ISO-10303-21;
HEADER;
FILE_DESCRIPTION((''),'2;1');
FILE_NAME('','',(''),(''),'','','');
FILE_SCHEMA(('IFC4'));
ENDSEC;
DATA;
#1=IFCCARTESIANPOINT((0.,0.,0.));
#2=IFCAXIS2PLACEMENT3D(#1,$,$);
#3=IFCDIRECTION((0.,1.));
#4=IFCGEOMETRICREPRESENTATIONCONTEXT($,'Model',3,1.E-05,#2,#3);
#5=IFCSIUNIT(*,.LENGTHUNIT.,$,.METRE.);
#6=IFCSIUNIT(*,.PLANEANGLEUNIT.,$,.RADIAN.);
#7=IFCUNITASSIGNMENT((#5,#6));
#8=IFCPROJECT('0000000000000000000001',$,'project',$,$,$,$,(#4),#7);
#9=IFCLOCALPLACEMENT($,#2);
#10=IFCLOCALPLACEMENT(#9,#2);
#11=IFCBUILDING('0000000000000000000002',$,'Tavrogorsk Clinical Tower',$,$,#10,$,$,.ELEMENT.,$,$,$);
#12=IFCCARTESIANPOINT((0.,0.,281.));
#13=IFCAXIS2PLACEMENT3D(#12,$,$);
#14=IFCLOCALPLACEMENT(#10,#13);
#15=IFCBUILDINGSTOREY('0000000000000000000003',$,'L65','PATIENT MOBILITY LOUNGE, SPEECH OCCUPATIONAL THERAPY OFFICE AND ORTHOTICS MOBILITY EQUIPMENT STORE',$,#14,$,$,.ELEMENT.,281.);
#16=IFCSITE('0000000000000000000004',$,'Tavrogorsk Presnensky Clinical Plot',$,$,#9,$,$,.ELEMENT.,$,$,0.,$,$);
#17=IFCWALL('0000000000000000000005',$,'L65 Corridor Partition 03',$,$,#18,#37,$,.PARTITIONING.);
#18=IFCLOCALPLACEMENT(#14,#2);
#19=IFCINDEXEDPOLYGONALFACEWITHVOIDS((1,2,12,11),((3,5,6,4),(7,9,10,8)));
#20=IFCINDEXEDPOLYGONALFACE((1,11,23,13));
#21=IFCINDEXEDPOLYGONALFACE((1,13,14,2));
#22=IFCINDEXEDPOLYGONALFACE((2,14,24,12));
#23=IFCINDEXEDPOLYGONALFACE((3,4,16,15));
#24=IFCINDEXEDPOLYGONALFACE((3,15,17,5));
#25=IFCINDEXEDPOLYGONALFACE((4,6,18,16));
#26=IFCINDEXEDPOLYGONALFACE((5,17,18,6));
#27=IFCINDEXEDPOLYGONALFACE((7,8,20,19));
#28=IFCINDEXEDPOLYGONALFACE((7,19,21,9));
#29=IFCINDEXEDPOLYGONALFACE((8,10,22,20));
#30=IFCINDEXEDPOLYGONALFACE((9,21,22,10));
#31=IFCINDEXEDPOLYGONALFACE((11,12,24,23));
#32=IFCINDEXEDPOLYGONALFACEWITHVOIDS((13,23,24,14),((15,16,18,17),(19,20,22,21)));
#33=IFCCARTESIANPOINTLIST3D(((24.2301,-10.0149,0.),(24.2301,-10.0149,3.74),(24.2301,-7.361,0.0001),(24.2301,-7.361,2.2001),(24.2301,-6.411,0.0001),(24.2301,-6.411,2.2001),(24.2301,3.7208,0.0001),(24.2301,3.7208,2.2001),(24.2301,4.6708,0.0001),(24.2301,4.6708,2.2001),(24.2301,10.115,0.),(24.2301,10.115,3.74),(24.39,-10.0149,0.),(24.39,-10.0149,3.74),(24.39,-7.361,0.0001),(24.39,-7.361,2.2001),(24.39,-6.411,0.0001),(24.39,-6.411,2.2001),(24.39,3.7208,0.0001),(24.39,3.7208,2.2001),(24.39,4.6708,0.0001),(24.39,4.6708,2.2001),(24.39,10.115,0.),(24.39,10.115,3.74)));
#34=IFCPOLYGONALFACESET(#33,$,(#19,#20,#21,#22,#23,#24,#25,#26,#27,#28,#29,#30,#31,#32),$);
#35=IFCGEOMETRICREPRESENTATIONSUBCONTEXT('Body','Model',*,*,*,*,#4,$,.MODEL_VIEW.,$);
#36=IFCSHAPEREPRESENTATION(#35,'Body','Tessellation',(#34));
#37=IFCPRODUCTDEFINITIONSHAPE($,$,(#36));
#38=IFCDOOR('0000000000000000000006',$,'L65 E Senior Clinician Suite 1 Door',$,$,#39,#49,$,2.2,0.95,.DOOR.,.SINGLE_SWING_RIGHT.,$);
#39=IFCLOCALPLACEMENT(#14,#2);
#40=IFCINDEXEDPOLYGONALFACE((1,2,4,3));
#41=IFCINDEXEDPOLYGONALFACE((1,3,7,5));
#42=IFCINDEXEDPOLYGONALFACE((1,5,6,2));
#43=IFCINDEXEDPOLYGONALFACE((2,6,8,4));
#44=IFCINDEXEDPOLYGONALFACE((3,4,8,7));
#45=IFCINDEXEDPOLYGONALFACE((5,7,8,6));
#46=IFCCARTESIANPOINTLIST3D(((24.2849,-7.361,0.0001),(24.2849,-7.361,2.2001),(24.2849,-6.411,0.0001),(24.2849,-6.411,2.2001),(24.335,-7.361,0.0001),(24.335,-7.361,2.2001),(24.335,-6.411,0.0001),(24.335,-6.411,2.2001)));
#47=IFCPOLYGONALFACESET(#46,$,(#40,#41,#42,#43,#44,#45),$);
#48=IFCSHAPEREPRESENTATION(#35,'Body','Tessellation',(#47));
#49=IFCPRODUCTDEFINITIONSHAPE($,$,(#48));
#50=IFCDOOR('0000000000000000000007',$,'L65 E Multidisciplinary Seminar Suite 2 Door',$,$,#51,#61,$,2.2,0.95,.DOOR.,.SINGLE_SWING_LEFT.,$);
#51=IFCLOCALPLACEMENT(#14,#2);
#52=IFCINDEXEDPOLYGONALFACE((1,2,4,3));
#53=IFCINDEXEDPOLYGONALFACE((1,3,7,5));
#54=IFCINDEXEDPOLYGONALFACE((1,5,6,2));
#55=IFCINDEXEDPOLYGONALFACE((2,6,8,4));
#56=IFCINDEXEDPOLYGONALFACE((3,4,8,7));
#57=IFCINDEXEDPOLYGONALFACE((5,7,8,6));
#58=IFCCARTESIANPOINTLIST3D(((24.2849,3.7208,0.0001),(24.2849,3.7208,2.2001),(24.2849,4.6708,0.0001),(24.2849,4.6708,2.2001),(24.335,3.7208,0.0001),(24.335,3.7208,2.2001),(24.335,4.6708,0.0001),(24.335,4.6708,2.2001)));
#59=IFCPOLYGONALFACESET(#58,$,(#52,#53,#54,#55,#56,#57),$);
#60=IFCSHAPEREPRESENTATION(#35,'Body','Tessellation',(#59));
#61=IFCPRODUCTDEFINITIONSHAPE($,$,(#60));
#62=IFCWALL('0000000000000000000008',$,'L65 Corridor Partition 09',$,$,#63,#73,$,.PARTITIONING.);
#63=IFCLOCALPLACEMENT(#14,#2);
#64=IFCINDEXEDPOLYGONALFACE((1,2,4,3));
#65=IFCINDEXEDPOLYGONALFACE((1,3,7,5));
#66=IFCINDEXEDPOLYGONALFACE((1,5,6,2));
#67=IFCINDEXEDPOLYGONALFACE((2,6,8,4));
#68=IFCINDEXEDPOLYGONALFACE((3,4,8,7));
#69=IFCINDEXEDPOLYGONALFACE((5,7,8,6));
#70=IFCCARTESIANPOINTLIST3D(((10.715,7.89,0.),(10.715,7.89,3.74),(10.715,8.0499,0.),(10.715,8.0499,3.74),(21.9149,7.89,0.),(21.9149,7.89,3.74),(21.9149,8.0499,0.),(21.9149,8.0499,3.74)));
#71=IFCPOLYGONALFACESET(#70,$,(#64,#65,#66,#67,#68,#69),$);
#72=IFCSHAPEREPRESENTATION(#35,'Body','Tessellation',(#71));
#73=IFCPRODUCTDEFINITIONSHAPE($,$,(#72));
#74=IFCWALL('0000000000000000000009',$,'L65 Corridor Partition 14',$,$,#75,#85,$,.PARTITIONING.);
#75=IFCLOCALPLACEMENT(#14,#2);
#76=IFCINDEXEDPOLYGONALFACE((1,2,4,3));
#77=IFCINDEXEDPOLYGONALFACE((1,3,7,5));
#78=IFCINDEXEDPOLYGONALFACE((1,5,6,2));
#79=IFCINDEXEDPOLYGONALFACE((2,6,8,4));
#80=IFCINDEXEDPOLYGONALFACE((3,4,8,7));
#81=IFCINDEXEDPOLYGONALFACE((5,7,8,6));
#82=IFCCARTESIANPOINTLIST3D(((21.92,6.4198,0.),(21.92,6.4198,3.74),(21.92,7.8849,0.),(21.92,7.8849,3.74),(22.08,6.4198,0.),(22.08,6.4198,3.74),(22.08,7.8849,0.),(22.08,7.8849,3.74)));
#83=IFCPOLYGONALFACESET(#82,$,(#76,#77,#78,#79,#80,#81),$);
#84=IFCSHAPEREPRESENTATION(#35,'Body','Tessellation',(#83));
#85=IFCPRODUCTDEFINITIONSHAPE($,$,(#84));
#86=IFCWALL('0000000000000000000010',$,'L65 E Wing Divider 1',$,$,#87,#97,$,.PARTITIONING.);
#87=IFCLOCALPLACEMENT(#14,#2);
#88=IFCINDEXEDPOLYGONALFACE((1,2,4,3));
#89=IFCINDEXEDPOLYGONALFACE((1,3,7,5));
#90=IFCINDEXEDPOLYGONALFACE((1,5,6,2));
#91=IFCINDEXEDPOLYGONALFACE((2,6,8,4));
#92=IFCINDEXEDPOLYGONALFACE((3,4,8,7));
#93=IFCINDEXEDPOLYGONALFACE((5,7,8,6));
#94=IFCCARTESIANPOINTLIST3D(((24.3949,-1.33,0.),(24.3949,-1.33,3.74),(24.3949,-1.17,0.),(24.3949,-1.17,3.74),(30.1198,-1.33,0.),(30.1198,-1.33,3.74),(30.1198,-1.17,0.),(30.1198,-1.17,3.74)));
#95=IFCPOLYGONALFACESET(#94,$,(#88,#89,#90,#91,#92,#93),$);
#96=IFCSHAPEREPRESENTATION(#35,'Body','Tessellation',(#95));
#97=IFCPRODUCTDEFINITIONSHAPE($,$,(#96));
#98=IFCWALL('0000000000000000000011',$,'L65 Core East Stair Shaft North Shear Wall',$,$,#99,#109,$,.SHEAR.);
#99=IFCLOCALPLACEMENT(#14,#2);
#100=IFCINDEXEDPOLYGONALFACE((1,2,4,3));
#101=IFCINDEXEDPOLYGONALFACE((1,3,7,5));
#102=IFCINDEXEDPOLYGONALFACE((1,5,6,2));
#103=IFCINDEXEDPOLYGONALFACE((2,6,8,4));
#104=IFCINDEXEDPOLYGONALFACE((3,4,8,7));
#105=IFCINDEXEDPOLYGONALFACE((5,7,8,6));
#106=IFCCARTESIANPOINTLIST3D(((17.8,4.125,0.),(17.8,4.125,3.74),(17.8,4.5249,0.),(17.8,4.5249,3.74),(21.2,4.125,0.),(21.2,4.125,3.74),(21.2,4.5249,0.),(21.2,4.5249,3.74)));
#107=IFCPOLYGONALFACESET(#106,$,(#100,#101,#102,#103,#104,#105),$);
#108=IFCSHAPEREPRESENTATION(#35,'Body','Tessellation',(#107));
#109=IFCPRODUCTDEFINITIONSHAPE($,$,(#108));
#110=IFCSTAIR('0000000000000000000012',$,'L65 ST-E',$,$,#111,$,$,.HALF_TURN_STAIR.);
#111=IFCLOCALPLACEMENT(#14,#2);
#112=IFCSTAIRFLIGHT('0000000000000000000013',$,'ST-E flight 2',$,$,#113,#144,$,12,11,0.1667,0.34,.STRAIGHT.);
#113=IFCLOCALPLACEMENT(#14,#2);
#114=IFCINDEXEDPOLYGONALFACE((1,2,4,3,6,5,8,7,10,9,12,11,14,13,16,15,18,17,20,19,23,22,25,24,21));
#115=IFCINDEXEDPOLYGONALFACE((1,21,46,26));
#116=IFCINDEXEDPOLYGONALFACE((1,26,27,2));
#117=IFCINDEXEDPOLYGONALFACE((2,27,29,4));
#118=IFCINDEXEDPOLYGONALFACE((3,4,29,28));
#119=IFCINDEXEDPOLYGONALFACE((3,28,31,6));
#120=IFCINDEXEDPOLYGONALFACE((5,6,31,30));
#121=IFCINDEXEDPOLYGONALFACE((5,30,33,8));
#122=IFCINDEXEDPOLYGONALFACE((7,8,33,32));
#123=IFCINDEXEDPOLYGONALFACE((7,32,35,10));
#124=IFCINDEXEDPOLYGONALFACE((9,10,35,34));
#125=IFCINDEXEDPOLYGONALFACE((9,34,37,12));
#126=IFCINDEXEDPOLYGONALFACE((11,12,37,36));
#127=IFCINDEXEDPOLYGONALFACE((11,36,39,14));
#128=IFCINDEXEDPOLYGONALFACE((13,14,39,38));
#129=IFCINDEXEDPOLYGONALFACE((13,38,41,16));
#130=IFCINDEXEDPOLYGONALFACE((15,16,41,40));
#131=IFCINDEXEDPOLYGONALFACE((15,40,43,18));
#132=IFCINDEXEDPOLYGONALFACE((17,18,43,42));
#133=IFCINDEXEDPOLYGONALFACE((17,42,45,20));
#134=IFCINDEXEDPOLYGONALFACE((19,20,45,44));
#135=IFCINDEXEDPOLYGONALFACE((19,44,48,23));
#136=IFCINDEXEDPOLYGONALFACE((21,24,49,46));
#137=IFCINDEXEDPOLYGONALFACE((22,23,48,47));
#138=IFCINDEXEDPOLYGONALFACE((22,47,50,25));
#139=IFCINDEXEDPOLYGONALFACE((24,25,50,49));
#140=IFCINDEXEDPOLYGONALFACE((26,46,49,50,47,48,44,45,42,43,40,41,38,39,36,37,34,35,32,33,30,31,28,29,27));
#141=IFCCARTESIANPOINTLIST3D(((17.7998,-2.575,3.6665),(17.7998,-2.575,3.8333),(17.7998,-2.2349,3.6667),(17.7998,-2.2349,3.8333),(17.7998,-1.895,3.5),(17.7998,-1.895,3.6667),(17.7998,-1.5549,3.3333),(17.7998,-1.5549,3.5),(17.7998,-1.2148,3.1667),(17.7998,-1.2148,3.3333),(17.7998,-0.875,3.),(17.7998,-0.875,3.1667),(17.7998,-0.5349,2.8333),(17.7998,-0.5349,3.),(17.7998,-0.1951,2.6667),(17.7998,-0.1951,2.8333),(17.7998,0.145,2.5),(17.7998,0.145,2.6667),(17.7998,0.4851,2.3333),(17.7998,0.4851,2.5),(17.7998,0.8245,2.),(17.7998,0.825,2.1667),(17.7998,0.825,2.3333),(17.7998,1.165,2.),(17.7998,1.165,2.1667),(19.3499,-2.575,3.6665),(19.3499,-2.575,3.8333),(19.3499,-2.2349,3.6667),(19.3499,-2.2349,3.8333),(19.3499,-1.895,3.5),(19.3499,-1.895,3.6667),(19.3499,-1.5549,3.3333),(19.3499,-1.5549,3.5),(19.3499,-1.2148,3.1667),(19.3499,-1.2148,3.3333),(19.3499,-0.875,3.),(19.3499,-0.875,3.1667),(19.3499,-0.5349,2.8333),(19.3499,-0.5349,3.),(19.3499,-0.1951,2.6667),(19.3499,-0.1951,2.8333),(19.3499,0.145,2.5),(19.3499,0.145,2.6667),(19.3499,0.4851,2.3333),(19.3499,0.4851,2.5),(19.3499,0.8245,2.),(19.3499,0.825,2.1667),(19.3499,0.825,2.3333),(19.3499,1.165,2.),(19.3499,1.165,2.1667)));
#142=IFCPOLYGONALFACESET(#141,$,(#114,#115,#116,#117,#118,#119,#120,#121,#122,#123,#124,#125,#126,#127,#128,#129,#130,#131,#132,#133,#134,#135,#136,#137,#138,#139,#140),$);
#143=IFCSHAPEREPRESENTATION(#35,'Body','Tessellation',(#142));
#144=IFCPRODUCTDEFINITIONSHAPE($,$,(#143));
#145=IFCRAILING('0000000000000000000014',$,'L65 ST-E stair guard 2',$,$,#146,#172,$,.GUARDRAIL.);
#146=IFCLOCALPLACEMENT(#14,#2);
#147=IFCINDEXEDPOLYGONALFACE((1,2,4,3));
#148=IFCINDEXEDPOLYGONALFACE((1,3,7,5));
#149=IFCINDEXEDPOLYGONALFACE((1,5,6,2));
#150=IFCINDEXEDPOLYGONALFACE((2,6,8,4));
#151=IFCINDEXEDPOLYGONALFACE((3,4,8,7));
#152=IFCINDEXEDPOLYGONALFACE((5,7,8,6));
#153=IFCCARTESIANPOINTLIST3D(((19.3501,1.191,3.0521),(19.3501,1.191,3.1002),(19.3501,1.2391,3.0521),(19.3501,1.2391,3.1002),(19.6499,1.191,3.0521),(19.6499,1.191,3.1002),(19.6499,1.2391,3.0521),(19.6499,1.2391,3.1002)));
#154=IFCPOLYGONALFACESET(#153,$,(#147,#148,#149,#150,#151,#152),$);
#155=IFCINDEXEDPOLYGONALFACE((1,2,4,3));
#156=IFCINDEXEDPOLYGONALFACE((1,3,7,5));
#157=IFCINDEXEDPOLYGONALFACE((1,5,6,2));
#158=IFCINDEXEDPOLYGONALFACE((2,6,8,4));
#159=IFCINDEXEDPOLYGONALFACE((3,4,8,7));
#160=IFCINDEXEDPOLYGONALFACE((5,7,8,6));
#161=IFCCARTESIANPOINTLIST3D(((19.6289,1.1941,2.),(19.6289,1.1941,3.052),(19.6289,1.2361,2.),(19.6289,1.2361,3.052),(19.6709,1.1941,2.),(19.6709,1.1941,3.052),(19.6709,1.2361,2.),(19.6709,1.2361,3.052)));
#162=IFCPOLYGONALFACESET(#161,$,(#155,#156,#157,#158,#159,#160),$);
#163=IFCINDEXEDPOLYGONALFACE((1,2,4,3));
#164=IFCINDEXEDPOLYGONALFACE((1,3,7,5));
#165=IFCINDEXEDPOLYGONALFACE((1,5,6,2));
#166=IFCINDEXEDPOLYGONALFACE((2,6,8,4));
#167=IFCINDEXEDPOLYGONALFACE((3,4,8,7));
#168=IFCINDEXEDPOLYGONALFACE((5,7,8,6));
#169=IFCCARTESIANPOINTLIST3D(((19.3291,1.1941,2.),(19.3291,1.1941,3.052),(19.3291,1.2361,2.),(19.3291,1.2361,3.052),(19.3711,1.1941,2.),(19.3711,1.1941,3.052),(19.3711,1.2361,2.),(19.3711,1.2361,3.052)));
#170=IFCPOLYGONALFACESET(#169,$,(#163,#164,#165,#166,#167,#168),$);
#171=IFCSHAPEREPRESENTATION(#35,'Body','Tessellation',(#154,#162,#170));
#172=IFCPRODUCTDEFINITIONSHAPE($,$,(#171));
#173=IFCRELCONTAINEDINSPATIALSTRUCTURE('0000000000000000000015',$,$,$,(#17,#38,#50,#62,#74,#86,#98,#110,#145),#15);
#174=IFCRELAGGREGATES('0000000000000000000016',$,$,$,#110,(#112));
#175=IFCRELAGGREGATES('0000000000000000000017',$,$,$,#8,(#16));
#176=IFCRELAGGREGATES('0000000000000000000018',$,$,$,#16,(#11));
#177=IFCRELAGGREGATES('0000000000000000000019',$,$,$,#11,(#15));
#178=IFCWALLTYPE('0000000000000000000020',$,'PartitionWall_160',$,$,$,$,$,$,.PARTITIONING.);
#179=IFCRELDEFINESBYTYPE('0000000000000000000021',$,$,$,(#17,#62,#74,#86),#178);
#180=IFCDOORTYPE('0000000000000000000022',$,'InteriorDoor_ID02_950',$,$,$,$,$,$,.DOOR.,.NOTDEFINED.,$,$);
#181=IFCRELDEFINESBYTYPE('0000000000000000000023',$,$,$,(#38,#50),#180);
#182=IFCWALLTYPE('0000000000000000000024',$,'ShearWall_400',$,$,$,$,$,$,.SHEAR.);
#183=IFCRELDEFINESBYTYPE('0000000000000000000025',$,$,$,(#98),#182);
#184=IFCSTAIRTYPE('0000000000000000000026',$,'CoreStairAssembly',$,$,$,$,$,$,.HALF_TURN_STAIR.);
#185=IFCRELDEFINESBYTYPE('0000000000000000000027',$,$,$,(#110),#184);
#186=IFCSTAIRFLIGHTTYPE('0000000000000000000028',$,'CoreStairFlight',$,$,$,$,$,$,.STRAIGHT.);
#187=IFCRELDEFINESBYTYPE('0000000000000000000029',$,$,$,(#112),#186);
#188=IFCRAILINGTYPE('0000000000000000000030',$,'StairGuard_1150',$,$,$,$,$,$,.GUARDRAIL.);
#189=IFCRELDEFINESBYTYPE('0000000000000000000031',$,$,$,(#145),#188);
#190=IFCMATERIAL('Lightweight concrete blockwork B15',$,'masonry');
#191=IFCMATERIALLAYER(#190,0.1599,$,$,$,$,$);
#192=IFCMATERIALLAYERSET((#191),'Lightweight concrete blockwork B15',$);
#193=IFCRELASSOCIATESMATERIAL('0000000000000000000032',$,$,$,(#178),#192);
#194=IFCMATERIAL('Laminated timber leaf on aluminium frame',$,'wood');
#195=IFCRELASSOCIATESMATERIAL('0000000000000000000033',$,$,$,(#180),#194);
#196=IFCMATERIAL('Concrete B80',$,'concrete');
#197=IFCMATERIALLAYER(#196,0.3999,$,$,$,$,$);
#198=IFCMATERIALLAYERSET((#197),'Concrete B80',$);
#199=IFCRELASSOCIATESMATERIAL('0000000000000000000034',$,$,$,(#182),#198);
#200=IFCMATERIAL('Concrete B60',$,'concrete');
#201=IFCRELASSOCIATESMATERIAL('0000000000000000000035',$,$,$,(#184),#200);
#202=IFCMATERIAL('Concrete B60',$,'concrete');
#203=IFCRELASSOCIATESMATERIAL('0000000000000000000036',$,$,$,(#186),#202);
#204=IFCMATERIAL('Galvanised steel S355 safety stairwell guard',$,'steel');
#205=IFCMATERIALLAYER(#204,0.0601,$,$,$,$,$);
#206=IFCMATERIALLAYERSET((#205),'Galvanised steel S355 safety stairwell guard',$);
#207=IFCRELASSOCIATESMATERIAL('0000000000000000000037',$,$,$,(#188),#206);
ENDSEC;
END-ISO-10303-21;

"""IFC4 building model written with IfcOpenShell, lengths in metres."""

from ifc_helpers import new_model, si_unit, direction, frame, frame_2d, origin, origin_2d, place, context, subcontext, project, spatial, polyline, rectangle, outline, extrude, material, layer, layer_set, type_object, element, fill, aggregate, save


model = new_model("IFC4")

# Units and contexts
model_context = context("Model", 3, precision=1e-05, world=origin(), true_north=direction((0.0, 1.0)))
body_context = subcontext(model_context, "Body", "Model", "MODEL_VIEW")
ifc_project = project(units=[si_unit("LENGTHUNIT", "METRE"), si_unit("PLANEANGLEUNIT", "RADIAN")], contexts=[model_context])

# Site, building, storey
site_placement = place(None, origin())
site = spatial("IfcSite", under=ifc_project, at=site_placement, Name="Tavrogorsk Presnensky Clinical Plot", CompositionType="ELEMENT", RefElevation=0.0)
building_placement = place(site_placement, origin())
building = spatial("IfcBuilding", under=site, at=building_placement, Name="Tavrogorsk Clinical Tower", CompositionType="ELEMENT")
storey_placement = place(building_placement, frame((0.0, 0.0, 281.0)))
storey = spatial("IfcBuildingStorey", under=building, at=storey_placement, Name="L65", Description="PATIENT MOBILITY LOUNGE, SPEECH OCCUPATIONAL THERAPY OFFICE AND ORTHOTICS MOBILITY EQUIPMENT STORE", CompositionType="ELEMENT", Elevation=281.0)

# Wall, openings, doors
ifc_material_1 = material(Name="Lightweight concrete blockwork B15", Category="masonry")
ifc_layer_1 = layer(ifc_material_1, 0.1599)
ifc_layer_set_1 = layer_set([ifc_layer_1], Name="Lightweight concrete blockwork B15")
wall_type_1 = type_object("IfcWallType", Name="PartitionWall_160", PredefinedType="PARTITIONING", material=ifc_layer_set_1)
wall_1_placement = place(storey_placement, frame((24.3101, 10.115, 0.0), z_axis=(0.0, 0.0, 1.0), x_axis=(0.0, -1.0, 0.0)))
wall_1 = element("IfcWall", 1, at=wall_1_placement, inside=storey, type_object=wall_type_1, Name="L65 Corridor Partition 03", PredefinedType="PARTITIONING", context=body_context, shape_type="SweptSolid", body=[
    extrude(rectangle(XDim=20.1299, YDim=0.1599, at=frame_2d((10.0649, 0.0))), origin(), (0.0, 0.0, 1.0), 3.74),
])
opening_1_placement = place(wall_1_placement, frame((16.5259, 0.0, 0.0)))
opening_1 = element("IfcOpeningElement", 2, at=opening_1_placement, cuts=wall_1, PredefinedType="OPENING", context=body_context, shape_type="SweptSolid", body=[
    extrude(rectangle(XDim=0.95, YDim=2.2, at=frame_2d((0.4751, 1.1001))), frame((0.0, 0.0898, 0.0), z_axis=(0.0, -1.0, 0.0), x_axis=(1.0, 0.0, 0.0)), (0.0, 0.0, 1.0), 0.1799),
])
opening_2_placement = place(wall_1_placement, frame((5.4441, 0.0, 0.0)))
opening_2 = element("IfcOpeningElement", 3, at=opening_2_placement, cuts=wall_1, PredefinedType="OPENING", context=body_context, shape_type="SweptSolid", body=[
    extrude(rectangle(XDim=0.95, YDim=2.2, at=frame_2d((0.4751, 1.1001))), frame((0.0, 0.0898, 0.0), z_axis=(0.0, -1.0, 0.0), x_axis=(1.0, 0.0, 0.0)), (0.0, 0.0, 1.0), 0.1799),
])
ifc_material_2 = material(Name="Laminated timber leaf on aluminium frame", Category="wood")
door_type = type_object("IfcDoorType", Name="InteriorDoor_ID02_950", OperationType="NOTDEFINED", PredefinedType="DOOR", material=ifc_material_2)
door_1_placement = place(opening_1_placement, origin())
door_1 = element("IfcDoor", 4, at=door_1_placement, inside=storey, type_object=door_type, Name="L65 E Senior Clinician Suite 1 Door", OperationType="SINGLE_SWING_RIGHT", OverallHeight=2.2, OverallWidth=0.95, PredefinedType="DOOR", context=body_context, shape_type="SweptSolid", body=[
    extrude(rectangle(XDim=0.95, YDim=2.2, at=frame_2d((0.4751, 1.1001))), frame((0.0, 0.0249, 0.0), z_axis=(0.0, -1.0, 0.0), x_axis=(1.0, 0.0, 0.0)), (0.0, 0.0, 1.0), 0.05),
])
fill(opening_1, door_1)
door_2_placement = place(opening_2_placement, origin())
door_2 = element("IfcDoor", 5, at=door_2_placement, inside=storey, type_object=door_type, Name="L65 E Multidisciplinary Seminar Suite 2 Door", OperationType="SINGLE_SWING_LEFT", OverallHeight=2.2, OverallWidth=0.95, PredefinedType="DOOR", context=body_context, shape_type="SweptSolid", body=[
    extrude(rectangle(XDim=0.95, YDim=2.2, at=frame_2d((0.4751, 1.1001))), frame((0.0, 0.0249, 0.0), z_axis=(0.0, -1.0, 0.0), x_axis=(1.0, 0.0, 0.0)), (0.0, 0.0, 1.0), 0.05),
])
fill(opening_2, door_2)

# Walls
wall_2_placement = place(storey_placement, frame((21.915, 7.97, 0.0), z_axis=(0.0, 0.0, 1.0), x_axis=(-1.0, 0.0, 0.0)))
element("IfcWall", 6, at=wall_2_placement, inside=storey, type_object=wall_type_1, Name="L65 Corridor Partition 09", PredefinedType="PARTITIONING", context=body_context, shape_type="SweptSolid", body=[
    extrude(rectangle(XDim=11.2, YDim=0.1599, at=frame_2d((5.6001, 0.0))), origin(), (0.0, 0.0, 1.0), 3.74),
])
wall_3_placement = place(storey_placement, frame((22.0, 6.4199, 0.0), z_axis=(0.0, 0.0, 1.0), x_axis=(0.0, 1.0, 0.0)))
element("IfcWall", 7, at=wall_3_placement, inside=storey, type_object=wall_type_1, Name="L65 Corridor Partition 14", PredefinedType="PARTITIONING", context=body_context, shape_type="SweptSolid", body=[
    extrude(rectangle(XDim=1.4651, YDim=0.1599, at=frame_2d((0.7324, 0.0))), origin(), (0.0, 0.0, 1.0), 3.74),
])
wall_4_placement = place(storey_placement, frame((24.395, -1.25, 0.0), z_axis=(0.0, 0.0, 1.0), x_axis=(1.0, 0.0, 0.0)))
element("IfcWall", 8, at=wall_4_placement, inside=storey, type_object=wall_type_1, Name="L65 E Wing Divider 1", PredefinedType="PARTITIONING", context=body_context, shape_type="SweptSolid", body=[
    extrude(rectangle(XDim=5.7249, YDim=0.1599, at=frame_2d((2.8623, 0.0))), origin(), (0.0, 0.0, 1.0), 3.74),
])
ifc_material_3 = material(Name="Concrete B80", Category="concrete")
ifc_layer_2 = layer(ifc_material_3, 0.3999)
ifc_layer_set_2 = layer_set([ifc_layer_2], Name="Concrete B80")
wall_type_2 = type_object("IfcWallType", Name="ShearWall_400", PredefinedType="SHEAR", material=ifc_layer_set_2)
wall_5_placement = place(storey_placement, frame((17.8, 4.325, 0.0), z_axis=(0.0, 0.0, 1.0), x_axis=(1.0, 0.0, 0.0)))
element("IfcWall", 9, at=wall_5_placement, inside=storey, type_object=wall_type_2, Name="L65 Core East Stair Shaft North Shear Wall", PredefinedType="SHEAR", context=body_context, shape_type="SweptSolid", body=[
    extrude(rectangle(XDim=3.3999, YDim=0.3999, at=frame_2d((1.7, 0.0))), origin(), (0.0, 0.0, 1.0), 3.74),
])

# Stair, stair flight
ifc_material_4 = material(Name="Concrete B60", Category="concrete")
stair_type = type_object("IfcStairType", Name="CoreStairAssembly", PredefinedType="HALF_TURN_STAIR", material=ifc_material_4)
stair_placement = place(storey_placement, origin())
stair = element("IfcStair", 10, at=stair_placement, inside=storey, type_object=stair_type, Name="L65 ST-E", PredefinedType="HALF_TURN_STAIR")
ifc_material_5 = material(Name="Concrete B60", Category="concrete")
stair_flight_type = type_object("IfcStairFlightType", Name="CoreStairFlight", PredefinedType="STRAIGHT", material=ifc_material_5)
stair_flight_placement = place(storey_placement, frame((18.575, 1.165, 2.0), z_axis=(0.0, 0.0, 1.0), x_axis=(0.0, -1.0, 0.0)))
stair_flight = element("IfcStairFlight", 11, at=stair_flight_placement, type_object=stair_flight_type, Name="ST-E flight 2", NumberOfRisers=12, NumberOfTreads=11, PredefinedType="STRAIGHT", RiserHeight=0.1667, TreadLength=0.34, context=body_context, shape_type="SweptSolid", body=[
    extrude(outline(polyline([(0.0, 0.0), (0.0, 0.1667), (0.3401, 0.1667), (0.3401, 0.3333), (0.6799, 0.3333), (0.6799, 0.5), (1.02, 0.5), (1.02, 0.6667), (1.3601, 0.6667), (1.3601, 0.8333), (1.7, 0.8333), (1.7, 1.0), (2.04, 1.0), (2.04, 1.1667), (2.3799, 1.1667), (2.3799, 1.3333), (2.72, 1.3333), (2.72, 1.5), (3.0601, 1.5), (3.0601, 1.6667), (3.3999, 1.6667), (3.3999, 1.8333), (3.74, 1.8333), (3.74, 2.0), (3.74, 1.6665), (0.3406, 0.0), (0.0, 0.0)])), frame((0.0, 0.7749, 0.0), z_axis=(0.0, -1.0, 0.0), x_axis=(1.0, 0.0, 0.0)), (0.0, 0.0, 1.0), 1.55),
])
aggregate(stair, [stair_flight])

# Railing
ifc_material_6 = material(Name="Galvanised steel S355 safety stairwell guard", Category="steel")
ifc_layer_3 = layer(ifc_material_6, 0.0601)
ifc_layer_set_3 = layer_set([ifc_layer_3], Name="Galvanised steel S355 safety stairwell guard")
railing_type_1 = type_object("IfcRailingType", Name="StairGuard_1150", PredefinedType="GUARDRAIL", material=ifc_layer_set_3)
railing_1_placement = place(storey_placement, frame((19.6499, 1.2151, 2.0)))
element("IfcRailing", 12, at=railing_1_placement, inside=storey, type_object=railing_type_1, Name="L65 ST-E stair guard 2", PredefinedType="GUARDRAIL", context=body_context, shape_type="SweptSolid", body=[
    extrude(rectangle(XDim=0.0481, YDim=0.0481, at=origin_2d()), frame((0.0, 0.0, 1.0762), z_axis=(-1.0, 0.0, 0.0), x_axis=(0.0, -1.0, 0.0)), (0.0, 0.0, 1.0), 0.2998),
    extrude(rectangle(XDim=0.042, YDim=0.042, at=origin_2d()), origin(), (0.0, 0.0, 1.0), 1.052),
    extrude(rectangle(XDim=0.042, YDim=0.042, at=origin_2d()), frame((-0.2998, 0.0, 0.0)), (0.0, 0.0, 1.0), 1.052),
])

save(model, "model.ifc")
